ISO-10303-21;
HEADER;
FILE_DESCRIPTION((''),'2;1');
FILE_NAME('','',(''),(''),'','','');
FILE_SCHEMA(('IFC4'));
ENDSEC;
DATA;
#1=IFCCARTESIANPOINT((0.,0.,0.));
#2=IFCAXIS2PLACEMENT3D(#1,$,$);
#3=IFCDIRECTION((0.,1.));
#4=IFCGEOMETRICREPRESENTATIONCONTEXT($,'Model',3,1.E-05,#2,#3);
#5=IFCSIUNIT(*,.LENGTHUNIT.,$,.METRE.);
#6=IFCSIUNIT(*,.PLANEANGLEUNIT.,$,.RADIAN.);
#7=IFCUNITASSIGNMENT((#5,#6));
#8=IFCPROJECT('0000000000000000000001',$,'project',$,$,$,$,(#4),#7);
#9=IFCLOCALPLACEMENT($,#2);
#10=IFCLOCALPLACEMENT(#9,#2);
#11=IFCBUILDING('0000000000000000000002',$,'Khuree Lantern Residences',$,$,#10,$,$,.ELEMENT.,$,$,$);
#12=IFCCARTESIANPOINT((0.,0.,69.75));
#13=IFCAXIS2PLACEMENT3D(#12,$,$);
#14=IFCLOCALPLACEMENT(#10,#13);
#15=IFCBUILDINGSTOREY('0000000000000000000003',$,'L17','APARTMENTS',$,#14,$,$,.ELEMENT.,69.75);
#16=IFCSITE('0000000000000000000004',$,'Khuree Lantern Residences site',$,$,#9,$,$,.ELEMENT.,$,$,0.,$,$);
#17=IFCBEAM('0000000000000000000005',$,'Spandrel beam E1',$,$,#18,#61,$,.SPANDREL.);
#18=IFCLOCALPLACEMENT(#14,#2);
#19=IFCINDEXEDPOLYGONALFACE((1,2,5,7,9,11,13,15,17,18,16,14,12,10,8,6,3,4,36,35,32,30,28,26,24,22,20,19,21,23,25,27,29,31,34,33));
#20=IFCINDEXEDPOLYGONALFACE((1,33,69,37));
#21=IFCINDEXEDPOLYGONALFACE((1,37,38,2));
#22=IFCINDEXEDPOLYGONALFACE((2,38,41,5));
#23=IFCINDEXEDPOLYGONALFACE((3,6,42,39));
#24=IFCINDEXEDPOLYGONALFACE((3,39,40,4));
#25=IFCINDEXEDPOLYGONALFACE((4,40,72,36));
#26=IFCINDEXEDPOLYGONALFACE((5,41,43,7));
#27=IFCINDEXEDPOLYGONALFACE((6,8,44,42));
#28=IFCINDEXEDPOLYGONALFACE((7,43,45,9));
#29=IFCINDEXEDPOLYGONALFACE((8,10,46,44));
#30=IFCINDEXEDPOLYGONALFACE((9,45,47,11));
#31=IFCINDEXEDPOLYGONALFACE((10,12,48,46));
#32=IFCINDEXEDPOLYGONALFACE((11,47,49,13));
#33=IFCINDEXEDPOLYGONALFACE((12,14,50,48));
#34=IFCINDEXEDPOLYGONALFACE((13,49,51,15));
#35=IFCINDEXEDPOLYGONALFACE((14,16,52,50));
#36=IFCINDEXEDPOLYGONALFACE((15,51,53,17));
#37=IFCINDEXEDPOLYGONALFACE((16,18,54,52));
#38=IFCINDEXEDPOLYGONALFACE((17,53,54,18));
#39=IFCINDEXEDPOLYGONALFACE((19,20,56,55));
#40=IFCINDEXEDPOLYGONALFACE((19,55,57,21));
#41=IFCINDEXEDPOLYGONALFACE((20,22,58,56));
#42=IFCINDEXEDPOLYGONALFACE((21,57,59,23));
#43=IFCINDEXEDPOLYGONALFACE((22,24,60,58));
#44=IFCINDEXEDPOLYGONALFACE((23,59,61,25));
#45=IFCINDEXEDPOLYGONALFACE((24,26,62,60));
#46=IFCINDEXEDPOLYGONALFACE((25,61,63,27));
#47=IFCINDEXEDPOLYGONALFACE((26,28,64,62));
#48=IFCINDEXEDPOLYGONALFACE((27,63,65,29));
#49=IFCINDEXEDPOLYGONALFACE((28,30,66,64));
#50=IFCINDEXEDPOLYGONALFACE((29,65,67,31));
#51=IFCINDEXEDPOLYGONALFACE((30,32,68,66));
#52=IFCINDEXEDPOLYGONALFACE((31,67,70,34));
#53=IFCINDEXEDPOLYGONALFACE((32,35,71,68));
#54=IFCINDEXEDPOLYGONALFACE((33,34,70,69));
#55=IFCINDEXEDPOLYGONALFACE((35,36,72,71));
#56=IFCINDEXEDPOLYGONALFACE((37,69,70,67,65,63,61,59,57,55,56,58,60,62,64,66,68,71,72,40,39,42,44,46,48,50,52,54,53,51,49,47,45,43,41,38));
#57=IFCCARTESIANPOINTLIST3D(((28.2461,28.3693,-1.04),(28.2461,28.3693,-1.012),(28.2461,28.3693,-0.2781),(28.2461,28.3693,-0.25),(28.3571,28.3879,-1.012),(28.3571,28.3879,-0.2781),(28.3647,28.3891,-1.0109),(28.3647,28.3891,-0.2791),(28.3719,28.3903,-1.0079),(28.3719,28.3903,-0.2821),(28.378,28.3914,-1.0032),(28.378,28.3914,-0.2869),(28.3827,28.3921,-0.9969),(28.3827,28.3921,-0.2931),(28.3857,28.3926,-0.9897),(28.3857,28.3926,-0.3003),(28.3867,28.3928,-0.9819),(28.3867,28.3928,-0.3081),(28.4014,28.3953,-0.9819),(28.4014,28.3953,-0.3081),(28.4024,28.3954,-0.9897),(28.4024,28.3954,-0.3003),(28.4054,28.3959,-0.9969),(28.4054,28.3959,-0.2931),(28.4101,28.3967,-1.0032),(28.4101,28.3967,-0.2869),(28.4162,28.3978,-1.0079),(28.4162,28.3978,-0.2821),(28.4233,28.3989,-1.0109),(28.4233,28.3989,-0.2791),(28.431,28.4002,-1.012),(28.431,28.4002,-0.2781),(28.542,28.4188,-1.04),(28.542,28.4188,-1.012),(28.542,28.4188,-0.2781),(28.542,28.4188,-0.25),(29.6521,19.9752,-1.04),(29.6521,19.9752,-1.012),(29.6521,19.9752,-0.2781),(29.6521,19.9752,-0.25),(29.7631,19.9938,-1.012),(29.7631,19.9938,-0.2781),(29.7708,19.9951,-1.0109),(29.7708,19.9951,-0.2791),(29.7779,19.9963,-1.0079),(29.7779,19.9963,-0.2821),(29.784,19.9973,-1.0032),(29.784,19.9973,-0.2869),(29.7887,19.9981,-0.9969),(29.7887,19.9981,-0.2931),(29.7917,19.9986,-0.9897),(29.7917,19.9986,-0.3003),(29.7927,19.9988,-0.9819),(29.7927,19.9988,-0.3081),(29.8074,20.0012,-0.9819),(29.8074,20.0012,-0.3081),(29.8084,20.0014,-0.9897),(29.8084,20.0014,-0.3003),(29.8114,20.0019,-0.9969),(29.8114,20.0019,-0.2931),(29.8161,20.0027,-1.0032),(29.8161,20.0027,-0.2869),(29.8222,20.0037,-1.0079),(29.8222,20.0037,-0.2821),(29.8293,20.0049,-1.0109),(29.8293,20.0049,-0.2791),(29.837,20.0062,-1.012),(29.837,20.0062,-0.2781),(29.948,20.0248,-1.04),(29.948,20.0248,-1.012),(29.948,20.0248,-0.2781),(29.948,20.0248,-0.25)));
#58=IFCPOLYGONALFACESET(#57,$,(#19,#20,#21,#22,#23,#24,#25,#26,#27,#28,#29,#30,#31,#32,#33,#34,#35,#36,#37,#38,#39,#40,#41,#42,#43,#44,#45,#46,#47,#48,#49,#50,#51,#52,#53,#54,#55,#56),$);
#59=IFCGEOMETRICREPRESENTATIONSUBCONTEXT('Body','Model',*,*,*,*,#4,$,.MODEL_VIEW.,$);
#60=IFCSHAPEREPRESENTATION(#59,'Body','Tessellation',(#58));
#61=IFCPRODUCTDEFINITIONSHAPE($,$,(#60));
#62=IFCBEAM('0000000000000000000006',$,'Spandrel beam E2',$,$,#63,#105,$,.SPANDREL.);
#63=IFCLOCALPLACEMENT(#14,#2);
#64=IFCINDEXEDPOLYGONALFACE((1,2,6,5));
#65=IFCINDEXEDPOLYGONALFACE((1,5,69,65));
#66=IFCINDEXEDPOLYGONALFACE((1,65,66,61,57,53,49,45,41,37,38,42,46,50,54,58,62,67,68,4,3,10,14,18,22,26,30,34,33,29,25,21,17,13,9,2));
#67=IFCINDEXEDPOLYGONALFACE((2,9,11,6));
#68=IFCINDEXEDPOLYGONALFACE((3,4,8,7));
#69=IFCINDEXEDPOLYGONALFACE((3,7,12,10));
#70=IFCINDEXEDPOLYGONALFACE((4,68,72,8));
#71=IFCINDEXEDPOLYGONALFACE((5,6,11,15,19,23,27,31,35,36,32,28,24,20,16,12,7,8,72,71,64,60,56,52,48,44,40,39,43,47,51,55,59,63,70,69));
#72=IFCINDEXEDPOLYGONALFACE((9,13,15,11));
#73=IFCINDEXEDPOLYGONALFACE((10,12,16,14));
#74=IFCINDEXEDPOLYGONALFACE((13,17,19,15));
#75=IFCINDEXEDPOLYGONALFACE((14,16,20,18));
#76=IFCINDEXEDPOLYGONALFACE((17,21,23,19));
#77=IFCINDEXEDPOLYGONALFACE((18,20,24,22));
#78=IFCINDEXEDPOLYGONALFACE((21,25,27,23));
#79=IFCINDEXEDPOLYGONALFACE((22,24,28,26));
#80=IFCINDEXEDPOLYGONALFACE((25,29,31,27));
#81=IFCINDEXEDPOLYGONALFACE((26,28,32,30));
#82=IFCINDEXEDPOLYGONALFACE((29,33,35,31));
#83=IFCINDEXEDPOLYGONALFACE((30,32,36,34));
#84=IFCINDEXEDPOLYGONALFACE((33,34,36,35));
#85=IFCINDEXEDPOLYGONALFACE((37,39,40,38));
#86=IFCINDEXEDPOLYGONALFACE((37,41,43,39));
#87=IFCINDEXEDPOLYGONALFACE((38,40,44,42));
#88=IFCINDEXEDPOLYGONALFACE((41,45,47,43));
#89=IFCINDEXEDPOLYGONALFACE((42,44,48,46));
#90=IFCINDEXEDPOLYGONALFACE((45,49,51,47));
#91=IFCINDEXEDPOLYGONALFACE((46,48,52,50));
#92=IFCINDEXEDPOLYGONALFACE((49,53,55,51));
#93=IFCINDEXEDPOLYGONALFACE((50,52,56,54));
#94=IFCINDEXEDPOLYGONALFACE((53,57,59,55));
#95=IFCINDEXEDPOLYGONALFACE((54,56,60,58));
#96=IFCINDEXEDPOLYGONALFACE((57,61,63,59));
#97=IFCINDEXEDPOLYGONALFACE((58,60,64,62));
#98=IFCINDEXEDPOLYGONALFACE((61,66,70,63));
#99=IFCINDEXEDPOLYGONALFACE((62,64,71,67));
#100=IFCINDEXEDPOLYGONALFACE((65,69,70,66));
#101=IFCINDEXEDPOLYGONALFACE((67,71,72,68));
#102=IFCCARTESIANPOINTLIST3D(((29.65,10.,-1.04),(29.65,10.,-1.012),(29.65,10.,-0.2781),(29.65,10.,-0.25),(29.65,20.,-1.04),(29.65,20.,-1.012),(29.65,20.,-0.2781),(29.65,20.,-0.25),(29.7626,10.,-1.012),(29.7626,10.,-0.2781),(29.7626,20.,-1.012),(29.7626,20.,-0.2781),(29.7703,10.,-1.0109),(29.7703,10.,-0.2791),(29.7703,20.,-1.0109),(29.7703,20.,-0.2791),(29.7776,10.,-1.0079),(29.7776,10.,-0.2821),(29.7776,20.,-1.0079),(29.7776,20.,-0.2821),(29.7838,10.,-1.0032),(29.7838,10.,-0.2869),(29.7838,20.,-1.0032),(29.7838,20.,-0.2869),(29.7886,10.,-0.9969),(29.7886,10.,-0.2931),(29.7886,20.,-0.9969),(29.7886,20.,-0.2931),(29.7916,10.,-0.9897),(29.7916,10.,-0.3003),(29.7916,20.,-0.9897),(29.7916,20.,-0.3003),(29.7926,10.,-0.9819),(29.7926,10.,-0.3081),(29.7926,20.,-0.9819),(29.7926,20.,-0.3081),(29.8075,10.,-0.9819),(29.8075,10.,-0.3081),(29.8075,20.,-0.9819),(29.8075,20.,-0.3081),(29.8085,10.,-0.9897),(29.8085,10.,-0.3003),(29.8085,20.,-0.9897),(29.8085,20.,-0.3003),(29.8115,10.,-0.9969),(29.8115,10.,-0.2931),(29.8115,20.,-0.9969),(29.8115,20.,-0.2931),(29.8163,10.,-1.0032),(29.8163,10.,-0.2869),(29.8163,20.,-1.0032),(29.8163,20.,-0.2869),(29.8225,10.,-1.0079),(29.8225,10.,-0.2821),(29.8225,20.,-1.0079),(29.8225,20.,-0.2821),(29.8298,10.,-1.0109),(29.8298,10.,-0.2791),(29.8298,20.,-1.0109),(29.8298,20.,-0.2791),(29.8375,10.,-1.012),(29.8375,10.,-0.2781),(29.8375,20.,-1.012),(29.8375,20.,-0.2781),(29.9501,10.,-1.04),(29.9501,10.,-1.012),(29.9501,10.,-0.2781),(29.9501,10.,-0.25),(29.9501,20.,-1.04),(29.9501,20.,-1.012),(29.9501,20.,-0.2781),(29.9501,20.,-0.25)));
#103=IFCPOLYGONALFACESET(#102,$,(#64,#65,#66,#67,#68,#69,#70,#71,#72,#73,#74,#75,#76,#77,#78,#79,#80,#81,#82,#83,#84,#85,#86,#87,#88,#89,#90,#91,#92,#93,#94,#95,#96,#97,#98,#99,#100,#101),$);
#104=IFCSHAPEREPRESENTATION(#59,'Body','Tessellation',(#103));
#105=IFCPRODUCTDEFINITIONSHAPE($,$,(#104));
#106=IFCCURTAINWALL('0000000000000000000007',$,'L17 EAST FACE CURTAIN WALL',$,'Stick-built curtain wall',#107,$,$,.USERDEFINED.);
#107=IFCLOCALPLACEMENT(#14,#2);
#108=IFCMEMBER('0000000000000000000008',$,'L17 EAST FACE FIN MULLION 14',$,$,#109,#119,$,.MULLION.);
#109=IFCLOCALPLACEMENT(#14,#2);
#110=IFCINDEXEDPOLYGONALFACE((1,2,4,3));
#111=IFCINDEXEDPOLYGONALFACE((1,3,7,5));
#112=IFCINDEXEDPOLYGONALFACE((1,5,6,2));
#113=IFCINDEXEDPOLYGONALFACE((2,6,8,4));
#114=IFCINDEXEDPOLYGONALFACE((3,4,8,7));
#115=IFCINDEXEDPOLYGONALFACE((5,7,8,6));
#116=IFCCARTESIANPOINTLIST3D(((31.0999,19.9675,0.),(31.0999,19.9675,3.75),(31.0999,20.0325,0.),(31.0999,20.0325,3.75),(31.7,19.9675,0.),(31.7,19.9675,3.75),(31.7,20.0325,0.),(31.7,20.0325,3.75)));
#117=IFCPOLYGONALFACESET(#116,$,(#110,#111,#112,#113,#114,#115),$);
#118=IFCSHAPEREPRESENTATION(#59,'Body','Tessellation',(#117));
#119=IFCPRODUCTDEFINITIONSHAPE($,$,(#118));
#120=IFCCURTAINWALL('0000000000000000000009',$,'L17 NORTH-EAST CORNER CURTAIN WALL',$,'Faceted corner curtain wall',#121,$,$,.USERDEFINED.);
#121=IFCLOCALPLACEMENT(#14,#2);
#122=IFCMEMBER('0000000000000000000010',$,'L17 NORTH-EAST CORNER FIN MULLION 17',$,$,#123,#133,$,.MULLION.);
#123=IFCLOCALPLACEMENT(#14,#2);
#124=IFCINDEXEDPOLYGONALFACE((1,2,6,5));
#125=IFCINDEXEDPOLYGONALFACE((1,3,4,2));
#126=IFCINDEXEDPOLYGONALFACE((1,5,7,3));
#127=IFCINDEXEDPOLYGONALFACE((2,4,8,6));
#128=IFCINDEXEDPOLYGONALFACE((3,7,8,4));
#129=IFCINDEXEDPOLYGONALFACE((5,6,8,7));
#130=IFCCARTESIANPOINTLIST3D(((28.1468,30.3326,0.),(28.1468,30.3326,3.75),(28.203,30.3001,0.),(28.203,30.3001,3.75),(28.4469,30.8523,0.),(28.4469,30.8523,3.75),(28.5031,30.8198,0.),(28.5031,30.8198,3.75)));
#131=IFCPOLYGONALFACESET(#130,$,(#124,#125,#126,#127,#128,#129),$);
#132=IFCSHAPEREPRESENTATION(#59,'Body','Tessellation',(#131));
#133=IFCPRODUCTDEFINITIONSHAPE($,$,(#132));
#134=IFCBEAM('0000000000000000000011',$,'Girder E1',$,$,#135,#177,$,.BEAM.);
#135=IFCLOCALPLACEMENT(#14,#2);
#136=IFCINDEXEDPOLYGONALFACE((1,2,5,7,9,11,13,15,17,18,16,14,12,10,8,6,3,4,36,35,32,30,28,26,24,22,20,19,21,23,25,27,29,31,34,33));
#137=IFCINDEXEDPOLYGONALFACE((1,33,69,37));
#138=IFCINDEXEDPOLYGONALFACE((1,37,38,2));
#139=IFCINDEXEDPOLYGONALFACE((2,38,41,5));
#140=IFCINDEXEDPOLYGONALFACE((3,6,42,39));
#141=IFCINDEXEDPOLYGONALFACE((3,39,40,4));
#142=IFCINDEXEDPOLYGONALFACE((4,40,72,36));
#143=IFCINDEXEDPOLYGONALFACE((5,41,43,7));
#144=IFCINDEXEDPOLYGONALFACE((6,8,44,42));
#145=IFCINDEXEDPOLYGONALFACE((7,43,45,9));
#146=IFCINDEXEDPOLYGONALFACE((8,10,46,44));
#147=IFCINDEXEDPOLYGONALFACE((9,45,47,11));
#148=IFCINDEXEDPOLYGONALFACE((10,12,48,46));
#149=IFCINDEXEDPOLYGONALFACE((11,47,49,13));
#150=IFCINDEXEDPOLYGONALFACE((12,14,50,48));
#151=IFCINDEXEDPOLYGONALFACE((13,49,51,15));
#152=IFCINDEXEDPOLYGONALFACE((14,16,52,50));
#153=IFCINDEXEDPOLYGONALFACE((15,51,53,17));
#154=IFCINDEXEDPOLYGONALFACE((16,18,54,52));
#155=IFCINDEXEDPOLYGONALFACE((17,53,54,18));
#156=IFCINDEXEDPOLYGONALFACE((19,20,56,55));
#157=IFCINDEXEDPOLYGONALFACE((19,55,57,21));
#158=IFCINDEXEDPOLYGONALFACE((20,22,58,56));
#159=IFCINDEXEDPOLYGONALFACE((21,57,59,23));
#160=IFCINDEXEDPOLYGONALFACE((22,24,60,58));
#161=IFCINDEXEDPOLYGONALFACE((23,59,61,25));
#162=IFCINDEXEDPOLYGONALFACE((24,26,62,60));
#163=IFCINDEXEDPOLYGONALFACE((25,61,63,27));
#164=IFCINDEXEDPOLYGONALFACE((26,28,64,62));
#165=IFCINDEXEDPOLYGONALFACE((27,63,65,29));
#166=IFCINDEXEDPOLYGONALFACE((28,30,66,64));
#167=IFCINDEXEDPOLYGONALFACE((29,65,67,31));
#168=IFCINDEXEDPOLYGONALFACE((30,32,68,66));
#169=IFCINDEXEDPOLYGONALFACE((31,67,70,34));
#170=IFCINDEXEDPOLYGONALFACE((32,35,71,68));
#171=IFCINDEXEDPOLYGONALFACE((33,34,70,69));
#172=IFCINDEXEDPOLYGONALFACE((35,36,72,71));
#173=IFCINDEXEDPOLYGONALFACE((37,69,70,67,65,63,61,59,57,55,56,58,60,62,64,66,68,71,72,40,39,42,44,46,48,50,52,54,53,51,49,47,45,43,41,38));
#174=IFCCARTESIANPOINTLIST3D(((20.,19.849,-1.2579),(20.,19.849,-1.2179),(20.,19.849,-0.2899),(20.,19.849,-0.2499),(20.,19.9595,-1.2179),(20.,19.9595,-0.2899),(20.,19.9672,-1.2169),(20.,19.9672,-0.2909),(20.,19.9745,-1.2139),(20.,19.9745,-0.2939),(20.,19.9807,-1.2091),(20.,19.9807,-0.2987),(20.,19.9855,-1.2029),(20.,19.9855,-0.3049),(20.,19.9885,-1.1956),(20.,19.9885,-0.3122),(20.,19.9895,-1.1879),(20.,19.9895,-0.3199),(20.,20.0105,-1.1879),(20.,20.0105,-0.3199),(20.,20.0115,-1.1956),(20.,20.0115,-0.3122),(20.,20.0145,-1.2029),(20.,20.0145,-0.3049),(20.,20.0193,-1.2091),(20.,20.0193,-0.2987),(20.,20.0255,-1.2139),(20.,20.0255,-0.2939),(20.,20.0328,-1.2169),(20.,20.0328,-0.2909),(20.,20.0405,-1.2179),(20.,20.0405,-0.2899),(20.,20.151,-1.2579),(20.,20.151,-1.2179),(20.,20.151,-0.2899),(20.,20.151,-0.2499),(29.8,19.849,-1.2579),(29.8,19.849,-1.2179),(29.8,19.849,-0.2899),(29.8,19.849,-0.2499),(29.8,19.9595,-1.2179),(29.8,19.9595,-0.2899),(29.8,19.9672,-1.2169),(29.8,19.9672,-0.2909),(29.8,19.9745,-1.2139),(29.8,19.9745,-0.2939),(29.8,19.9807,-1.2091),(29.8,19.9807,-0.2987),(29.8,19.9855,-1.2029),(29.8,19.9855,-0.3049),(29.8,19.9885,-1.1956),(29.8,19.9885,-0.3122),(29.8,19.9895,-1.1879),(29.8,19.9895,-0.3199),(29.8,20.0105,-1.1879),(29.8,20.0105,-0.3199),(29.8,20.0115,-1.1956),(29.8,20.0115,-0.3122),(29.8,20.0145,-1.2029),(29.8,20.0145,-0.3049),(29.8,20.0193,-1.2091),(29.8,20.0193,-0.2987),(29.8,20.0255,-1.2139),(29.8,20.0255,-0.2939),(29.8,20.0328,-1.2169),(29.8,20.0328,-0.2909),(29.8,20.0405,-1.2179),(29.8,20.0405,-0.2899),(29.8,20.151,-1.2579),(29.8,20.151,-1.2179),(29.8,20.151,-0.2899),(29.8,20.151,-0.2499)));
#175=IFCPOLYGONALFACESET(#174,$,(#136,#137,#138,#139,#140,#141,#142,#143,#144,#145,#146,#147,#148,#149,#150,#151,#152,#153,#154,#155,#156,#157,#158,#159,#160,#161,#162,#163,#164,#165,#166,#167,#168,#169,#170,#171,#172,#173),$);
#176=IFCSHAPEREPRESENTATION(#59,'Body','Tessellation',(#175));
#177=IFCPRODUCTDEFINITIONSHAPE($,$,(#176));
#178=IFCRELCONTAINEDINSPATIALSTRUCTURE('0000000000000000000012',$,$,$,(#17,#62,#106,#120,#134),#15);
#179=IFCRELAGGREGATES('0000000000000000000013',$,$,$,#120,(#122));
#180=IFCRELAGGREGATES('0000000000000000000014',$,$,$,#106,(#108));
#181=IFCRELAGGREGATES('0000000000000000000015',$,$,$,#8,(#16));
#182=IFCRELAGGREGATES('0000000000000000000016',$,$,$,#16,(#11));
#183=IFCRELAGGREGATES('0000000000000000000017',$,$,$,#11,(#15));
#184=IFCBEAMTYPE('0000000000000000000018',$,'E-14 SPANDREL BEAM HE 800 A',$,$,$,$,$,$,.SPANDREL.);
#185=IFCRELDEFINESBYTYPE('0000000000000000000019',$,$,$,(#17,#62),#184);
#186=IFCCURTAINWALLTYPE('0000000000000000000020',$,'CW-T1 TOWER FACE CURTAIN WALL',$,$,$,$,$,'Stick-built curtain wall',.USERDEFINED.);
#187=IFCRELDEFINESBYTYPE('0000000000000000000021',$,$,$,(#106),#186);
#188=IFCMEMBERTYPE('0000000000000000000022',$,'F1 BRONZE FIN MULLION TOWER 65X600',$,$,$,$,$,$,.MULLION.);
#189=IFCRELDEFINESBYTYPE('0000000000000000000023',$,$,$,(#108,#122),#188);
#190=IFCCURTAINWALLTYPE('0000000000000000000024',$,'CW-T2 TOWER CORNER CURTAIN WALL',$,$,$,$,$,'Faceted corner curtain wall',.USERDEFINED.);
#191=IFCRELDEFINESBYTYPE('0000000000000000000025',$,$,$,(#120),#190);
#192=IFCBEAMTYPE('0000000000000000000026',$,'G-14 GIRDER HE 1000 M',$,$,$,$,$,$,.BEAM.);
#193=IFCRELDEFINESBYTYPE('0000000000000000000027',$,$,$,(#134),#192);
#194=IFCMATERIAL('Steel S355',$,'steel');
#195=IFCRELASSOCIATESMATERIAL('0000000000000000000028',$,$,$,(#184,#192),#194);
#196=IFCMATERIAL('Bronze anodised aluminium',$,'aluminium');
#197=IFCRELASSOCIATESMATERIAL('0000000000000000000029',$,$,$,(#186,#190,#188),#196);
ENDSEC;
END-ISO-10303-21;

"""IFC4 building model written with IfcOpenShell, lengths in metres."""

from ifc_helpers import new_model, si_unit, direction, frame, origin, origin_2d, place, context, subcontext, project, spatial, rectangle, i_section, extrude, material, material_profile, profile_set, type_object, element, aggregate, save


model = new_model("IFC4")

# Units and contexts
model_context = context("Model", 3, precision=1e-05, world=origin(), true_north=direction((0.0, 1.0)))
body_context = subcontext(model_context, "Body", "Model", "MODEL_VIEW")
ifc_project = project(units=[si_unit("LENGTHUNIT", "METRE"), si_unit("PLANEANGLEUNIT", "RADIAN")], contexts=[model_context])

# Site, building, storey
site_placement = place(None, origin())
site = spatial("IfcSite", under=ifc_project, at=site_placement, Name="Khuree Lantern Residences site", CompositionType="ELEMENT", RefElevation=0.0)
building_placement = place(site_placement, origin())
building = spatial("IfcBuilding", under=site, at=building_placement, Name="Khuree Lantern Residences", CompositionType="ELEMENT")
storey_placement = place(building_placement, frame((0.0, 0.0, 69.75)))
storey = spatial("IfcBuildingStorey", under=building, at=storey_placement, Name="L17", Description="APARTMENTS", CompositionType="ELEMENT", Elevation=69.75)

# Beams
ifc_material_1 = material(Name="Steel S355", Category="steel")
ifc_material_profile_1 = material_profile(ifc_material_1, i_section(OverallWidth=0.3, OverallDepth=0.79, WebThickness=0.0149, FlangeThickness=0.0281, FilletRadius=0.03, at=origin_2d()), Name="HE 800 A")
ifc_profile_set_1 = profile_set([ifc_material_profile_1], Name="Steel S355")
beam_type_1 = type_object("IfcBeamType", Name="E-14 SPANDREL BEAM HE 800 A", PredefinedType="SPANDREL", material=ifc_profile_set_1)
for number, where, z_axis, x_axis, name in (
    (1, (28.394, 28.394, -0.645), (0.165199, -0.98626, 0.0), (0.98626, 0.165199, 0.0), "Spandrel beam E1"),
):
    element("IfcBeam", number, at=place(storey_placement, frame(where, z_axis=z_axis, x_axis=x_axis)), inside=storey, type_object=beam_type_1, Name=name, PredefinedType="SPANDREL", context=body_context, shape_type="SweptSolid", body=[
        extrude(i_section(OverallWidth=0.3, OverallDepth=0.79, WebThickness=0.0149, FlangeThickness=0.0281, FilletRadius=0.03, at=origin_2d()), origin(), (0.0, 0.0, 1.0), 8.511),
    ])
beam_1_placement = place(storey_placement, frame((29.8, 20.0, -0.645), z_axis=(0.0, -1.0, 0.0), x_axis=(1.0, 0.0, 0.0)))
element("IfcBeam", 2, at=beam_1_placement, inside=storey, type_object=beam_type_1, Name="Spandrel beam E2", PredefinedType="SPANDREL", context=body_context, shape_type="SweptSolid", body=[
    extrude(i_section(OverallWidth=0.3, OverallDepth=0.79, WebThickness=0.0149, FlangeThickness=0.0281, FilletRadius=0.03, at=origin_2d()), origin(), (0.0, 0.0, 1.0), 10.0),
])

# Curtain walls, members
ifc_material_2 = material(Name="Bronze anodised aluminium", Category="aluminium")
curtain_wall_type_1 = type_object("IfcCurtainWallType", Name="CW-T1 TOWER FACE CURTAIN WALL", ElementType="Stick-built curtain wall", PredefinedType="USERDEFINED", material=ifc_material_2)
curtain_wall_1_placement = place(storey_placement, origin())
curtain_wall_1 = element("IfcCurtainWall", 3, at=curtain_wall_1_placement, inside=storey, type_object=curtain_wall_type_1, Name="L17 EAST FACE CURTAIN WALL", ObjectType="Stick-built curtain wall", PredefinedType="USERDEFINED")
ifc_material_profile_2 = material_profile(ifc_material_2, rectangle(XDim=0.0649, YDim=0.6001, at=origin_2d()), Name="F1 65X600")
ifc_profile_set_2 = profile_set([ifc_material_profile_2], Name="Bronze anodised aluminium")
member_type_1 = type_object("IfcMemberType", Name="F1 BRONZE FIN MULLION TOWER 65X600", PredefinedType="MULLION", material=ifc_profile_set_2)
member_1_placement = place(storey_placement, frame((31.3999, 20.0, 0.0), z_axis=(0.0, 0.0, 1.0), x_axis=(0.0, 1.0, 0.0)))
member_1 = element("IfcMember", 4, at=member_1_placement, type_object=member_type_1, Name="L17 EAST FACE FIN MULLION 14", PredefinedType="MULLION", context=body_context, shape_type="SweptSolid", body=[
    extrude(rectangle(XDim=0.0649, YDim=0.6001, at=origin_2d()), origin(), (0.0, 0.0, 1.0), 3.75),
])
curtain_wall_type_2 = type_object("IfcCurtainWallType", Name="CW-T2 TOWER CORNER CURTAIN WALL", ElementType="Faceted corner curtain wall", PredefinedType="USERDEFINED", material=ifc_material_2)
curtain_wall_2_placement = place(storey_placement, origin())
curtain_wall_2 = element("IfcCurtainWall", 5, at=curtain_wall_2_placement, inside=storey, type_object=curtain_wall_type_2, Name="L17 NORTH-EAST CORNER CURTAIN WALL", ObjectType="Faceted corner curtain wall", PredefinedType="USERDEFINED")
member_2_placement = place(storey_placement, frame((28.325, 30.5762, 0.0), z_axis=(0.0, 0.0, 1.0), x_axis=(-0.866025, 0.5, 0.0)))
member_2 = element("IfcMember", 6, at=member_2_placement, type_object=member_type_1, Name="L17 NORTH-EAST CORNER FIN MULLION 17", PredefinedType="MULLION", context=body_context, shape_type="SweptSolid", body=[
    extrude(rectangle(XDim=0.0649, YDim=0.6001, at=origin_2d()), origin(), (0.0, 0.0, 1.0), 3.75),
])

# Beam
ifc_material_profile_3 = material_profile(ifc_material_1, i_section(OverallWidth=0.302, OverallDepth=1.0081, WebThickness=0.021, FlangeThickness=0.04, FilletRadius=0.03, at=origin_2d()), Name="HE 1000 M")
ifc_profile_set_3 = profile_set([ifc_material_profile_3], Name="Steel S355")
beam_type_2 = type_object("IfcBeamType", Name="G-14 GIRDER HE 1000 M", PredefinedType="BEAM", material=ifc_profile_set_3)
beam_2_placement = place(storey_placement, frame((29.8, 20.0, -0.7539), z_axis=(-1.0, 0.0, 0.0), x_axis=(0.0, -1.0, 0.0)))
element("IfcBeam", 7, at=beam_2_placement, inside=storey, type_object=beam_type_2, Name="Girder E1", PredefinedType="BEAM", context=body_context, shape_type="SweptSolid", body=[
    extrude(i_section(OverallWidth=0.302, OverallDepth=1.0081, WebThickness=0.021, FlangeThickness=0.04, FilletRadius=0.03, at=origin_2d()), origin(), (0.0, 0.0, 1.0), 9.8),
])

aggregate(curtain_wall_2, [member_2])
aggregate(curtain_wall_1, [member_1])

save(model, "model.ifc")
